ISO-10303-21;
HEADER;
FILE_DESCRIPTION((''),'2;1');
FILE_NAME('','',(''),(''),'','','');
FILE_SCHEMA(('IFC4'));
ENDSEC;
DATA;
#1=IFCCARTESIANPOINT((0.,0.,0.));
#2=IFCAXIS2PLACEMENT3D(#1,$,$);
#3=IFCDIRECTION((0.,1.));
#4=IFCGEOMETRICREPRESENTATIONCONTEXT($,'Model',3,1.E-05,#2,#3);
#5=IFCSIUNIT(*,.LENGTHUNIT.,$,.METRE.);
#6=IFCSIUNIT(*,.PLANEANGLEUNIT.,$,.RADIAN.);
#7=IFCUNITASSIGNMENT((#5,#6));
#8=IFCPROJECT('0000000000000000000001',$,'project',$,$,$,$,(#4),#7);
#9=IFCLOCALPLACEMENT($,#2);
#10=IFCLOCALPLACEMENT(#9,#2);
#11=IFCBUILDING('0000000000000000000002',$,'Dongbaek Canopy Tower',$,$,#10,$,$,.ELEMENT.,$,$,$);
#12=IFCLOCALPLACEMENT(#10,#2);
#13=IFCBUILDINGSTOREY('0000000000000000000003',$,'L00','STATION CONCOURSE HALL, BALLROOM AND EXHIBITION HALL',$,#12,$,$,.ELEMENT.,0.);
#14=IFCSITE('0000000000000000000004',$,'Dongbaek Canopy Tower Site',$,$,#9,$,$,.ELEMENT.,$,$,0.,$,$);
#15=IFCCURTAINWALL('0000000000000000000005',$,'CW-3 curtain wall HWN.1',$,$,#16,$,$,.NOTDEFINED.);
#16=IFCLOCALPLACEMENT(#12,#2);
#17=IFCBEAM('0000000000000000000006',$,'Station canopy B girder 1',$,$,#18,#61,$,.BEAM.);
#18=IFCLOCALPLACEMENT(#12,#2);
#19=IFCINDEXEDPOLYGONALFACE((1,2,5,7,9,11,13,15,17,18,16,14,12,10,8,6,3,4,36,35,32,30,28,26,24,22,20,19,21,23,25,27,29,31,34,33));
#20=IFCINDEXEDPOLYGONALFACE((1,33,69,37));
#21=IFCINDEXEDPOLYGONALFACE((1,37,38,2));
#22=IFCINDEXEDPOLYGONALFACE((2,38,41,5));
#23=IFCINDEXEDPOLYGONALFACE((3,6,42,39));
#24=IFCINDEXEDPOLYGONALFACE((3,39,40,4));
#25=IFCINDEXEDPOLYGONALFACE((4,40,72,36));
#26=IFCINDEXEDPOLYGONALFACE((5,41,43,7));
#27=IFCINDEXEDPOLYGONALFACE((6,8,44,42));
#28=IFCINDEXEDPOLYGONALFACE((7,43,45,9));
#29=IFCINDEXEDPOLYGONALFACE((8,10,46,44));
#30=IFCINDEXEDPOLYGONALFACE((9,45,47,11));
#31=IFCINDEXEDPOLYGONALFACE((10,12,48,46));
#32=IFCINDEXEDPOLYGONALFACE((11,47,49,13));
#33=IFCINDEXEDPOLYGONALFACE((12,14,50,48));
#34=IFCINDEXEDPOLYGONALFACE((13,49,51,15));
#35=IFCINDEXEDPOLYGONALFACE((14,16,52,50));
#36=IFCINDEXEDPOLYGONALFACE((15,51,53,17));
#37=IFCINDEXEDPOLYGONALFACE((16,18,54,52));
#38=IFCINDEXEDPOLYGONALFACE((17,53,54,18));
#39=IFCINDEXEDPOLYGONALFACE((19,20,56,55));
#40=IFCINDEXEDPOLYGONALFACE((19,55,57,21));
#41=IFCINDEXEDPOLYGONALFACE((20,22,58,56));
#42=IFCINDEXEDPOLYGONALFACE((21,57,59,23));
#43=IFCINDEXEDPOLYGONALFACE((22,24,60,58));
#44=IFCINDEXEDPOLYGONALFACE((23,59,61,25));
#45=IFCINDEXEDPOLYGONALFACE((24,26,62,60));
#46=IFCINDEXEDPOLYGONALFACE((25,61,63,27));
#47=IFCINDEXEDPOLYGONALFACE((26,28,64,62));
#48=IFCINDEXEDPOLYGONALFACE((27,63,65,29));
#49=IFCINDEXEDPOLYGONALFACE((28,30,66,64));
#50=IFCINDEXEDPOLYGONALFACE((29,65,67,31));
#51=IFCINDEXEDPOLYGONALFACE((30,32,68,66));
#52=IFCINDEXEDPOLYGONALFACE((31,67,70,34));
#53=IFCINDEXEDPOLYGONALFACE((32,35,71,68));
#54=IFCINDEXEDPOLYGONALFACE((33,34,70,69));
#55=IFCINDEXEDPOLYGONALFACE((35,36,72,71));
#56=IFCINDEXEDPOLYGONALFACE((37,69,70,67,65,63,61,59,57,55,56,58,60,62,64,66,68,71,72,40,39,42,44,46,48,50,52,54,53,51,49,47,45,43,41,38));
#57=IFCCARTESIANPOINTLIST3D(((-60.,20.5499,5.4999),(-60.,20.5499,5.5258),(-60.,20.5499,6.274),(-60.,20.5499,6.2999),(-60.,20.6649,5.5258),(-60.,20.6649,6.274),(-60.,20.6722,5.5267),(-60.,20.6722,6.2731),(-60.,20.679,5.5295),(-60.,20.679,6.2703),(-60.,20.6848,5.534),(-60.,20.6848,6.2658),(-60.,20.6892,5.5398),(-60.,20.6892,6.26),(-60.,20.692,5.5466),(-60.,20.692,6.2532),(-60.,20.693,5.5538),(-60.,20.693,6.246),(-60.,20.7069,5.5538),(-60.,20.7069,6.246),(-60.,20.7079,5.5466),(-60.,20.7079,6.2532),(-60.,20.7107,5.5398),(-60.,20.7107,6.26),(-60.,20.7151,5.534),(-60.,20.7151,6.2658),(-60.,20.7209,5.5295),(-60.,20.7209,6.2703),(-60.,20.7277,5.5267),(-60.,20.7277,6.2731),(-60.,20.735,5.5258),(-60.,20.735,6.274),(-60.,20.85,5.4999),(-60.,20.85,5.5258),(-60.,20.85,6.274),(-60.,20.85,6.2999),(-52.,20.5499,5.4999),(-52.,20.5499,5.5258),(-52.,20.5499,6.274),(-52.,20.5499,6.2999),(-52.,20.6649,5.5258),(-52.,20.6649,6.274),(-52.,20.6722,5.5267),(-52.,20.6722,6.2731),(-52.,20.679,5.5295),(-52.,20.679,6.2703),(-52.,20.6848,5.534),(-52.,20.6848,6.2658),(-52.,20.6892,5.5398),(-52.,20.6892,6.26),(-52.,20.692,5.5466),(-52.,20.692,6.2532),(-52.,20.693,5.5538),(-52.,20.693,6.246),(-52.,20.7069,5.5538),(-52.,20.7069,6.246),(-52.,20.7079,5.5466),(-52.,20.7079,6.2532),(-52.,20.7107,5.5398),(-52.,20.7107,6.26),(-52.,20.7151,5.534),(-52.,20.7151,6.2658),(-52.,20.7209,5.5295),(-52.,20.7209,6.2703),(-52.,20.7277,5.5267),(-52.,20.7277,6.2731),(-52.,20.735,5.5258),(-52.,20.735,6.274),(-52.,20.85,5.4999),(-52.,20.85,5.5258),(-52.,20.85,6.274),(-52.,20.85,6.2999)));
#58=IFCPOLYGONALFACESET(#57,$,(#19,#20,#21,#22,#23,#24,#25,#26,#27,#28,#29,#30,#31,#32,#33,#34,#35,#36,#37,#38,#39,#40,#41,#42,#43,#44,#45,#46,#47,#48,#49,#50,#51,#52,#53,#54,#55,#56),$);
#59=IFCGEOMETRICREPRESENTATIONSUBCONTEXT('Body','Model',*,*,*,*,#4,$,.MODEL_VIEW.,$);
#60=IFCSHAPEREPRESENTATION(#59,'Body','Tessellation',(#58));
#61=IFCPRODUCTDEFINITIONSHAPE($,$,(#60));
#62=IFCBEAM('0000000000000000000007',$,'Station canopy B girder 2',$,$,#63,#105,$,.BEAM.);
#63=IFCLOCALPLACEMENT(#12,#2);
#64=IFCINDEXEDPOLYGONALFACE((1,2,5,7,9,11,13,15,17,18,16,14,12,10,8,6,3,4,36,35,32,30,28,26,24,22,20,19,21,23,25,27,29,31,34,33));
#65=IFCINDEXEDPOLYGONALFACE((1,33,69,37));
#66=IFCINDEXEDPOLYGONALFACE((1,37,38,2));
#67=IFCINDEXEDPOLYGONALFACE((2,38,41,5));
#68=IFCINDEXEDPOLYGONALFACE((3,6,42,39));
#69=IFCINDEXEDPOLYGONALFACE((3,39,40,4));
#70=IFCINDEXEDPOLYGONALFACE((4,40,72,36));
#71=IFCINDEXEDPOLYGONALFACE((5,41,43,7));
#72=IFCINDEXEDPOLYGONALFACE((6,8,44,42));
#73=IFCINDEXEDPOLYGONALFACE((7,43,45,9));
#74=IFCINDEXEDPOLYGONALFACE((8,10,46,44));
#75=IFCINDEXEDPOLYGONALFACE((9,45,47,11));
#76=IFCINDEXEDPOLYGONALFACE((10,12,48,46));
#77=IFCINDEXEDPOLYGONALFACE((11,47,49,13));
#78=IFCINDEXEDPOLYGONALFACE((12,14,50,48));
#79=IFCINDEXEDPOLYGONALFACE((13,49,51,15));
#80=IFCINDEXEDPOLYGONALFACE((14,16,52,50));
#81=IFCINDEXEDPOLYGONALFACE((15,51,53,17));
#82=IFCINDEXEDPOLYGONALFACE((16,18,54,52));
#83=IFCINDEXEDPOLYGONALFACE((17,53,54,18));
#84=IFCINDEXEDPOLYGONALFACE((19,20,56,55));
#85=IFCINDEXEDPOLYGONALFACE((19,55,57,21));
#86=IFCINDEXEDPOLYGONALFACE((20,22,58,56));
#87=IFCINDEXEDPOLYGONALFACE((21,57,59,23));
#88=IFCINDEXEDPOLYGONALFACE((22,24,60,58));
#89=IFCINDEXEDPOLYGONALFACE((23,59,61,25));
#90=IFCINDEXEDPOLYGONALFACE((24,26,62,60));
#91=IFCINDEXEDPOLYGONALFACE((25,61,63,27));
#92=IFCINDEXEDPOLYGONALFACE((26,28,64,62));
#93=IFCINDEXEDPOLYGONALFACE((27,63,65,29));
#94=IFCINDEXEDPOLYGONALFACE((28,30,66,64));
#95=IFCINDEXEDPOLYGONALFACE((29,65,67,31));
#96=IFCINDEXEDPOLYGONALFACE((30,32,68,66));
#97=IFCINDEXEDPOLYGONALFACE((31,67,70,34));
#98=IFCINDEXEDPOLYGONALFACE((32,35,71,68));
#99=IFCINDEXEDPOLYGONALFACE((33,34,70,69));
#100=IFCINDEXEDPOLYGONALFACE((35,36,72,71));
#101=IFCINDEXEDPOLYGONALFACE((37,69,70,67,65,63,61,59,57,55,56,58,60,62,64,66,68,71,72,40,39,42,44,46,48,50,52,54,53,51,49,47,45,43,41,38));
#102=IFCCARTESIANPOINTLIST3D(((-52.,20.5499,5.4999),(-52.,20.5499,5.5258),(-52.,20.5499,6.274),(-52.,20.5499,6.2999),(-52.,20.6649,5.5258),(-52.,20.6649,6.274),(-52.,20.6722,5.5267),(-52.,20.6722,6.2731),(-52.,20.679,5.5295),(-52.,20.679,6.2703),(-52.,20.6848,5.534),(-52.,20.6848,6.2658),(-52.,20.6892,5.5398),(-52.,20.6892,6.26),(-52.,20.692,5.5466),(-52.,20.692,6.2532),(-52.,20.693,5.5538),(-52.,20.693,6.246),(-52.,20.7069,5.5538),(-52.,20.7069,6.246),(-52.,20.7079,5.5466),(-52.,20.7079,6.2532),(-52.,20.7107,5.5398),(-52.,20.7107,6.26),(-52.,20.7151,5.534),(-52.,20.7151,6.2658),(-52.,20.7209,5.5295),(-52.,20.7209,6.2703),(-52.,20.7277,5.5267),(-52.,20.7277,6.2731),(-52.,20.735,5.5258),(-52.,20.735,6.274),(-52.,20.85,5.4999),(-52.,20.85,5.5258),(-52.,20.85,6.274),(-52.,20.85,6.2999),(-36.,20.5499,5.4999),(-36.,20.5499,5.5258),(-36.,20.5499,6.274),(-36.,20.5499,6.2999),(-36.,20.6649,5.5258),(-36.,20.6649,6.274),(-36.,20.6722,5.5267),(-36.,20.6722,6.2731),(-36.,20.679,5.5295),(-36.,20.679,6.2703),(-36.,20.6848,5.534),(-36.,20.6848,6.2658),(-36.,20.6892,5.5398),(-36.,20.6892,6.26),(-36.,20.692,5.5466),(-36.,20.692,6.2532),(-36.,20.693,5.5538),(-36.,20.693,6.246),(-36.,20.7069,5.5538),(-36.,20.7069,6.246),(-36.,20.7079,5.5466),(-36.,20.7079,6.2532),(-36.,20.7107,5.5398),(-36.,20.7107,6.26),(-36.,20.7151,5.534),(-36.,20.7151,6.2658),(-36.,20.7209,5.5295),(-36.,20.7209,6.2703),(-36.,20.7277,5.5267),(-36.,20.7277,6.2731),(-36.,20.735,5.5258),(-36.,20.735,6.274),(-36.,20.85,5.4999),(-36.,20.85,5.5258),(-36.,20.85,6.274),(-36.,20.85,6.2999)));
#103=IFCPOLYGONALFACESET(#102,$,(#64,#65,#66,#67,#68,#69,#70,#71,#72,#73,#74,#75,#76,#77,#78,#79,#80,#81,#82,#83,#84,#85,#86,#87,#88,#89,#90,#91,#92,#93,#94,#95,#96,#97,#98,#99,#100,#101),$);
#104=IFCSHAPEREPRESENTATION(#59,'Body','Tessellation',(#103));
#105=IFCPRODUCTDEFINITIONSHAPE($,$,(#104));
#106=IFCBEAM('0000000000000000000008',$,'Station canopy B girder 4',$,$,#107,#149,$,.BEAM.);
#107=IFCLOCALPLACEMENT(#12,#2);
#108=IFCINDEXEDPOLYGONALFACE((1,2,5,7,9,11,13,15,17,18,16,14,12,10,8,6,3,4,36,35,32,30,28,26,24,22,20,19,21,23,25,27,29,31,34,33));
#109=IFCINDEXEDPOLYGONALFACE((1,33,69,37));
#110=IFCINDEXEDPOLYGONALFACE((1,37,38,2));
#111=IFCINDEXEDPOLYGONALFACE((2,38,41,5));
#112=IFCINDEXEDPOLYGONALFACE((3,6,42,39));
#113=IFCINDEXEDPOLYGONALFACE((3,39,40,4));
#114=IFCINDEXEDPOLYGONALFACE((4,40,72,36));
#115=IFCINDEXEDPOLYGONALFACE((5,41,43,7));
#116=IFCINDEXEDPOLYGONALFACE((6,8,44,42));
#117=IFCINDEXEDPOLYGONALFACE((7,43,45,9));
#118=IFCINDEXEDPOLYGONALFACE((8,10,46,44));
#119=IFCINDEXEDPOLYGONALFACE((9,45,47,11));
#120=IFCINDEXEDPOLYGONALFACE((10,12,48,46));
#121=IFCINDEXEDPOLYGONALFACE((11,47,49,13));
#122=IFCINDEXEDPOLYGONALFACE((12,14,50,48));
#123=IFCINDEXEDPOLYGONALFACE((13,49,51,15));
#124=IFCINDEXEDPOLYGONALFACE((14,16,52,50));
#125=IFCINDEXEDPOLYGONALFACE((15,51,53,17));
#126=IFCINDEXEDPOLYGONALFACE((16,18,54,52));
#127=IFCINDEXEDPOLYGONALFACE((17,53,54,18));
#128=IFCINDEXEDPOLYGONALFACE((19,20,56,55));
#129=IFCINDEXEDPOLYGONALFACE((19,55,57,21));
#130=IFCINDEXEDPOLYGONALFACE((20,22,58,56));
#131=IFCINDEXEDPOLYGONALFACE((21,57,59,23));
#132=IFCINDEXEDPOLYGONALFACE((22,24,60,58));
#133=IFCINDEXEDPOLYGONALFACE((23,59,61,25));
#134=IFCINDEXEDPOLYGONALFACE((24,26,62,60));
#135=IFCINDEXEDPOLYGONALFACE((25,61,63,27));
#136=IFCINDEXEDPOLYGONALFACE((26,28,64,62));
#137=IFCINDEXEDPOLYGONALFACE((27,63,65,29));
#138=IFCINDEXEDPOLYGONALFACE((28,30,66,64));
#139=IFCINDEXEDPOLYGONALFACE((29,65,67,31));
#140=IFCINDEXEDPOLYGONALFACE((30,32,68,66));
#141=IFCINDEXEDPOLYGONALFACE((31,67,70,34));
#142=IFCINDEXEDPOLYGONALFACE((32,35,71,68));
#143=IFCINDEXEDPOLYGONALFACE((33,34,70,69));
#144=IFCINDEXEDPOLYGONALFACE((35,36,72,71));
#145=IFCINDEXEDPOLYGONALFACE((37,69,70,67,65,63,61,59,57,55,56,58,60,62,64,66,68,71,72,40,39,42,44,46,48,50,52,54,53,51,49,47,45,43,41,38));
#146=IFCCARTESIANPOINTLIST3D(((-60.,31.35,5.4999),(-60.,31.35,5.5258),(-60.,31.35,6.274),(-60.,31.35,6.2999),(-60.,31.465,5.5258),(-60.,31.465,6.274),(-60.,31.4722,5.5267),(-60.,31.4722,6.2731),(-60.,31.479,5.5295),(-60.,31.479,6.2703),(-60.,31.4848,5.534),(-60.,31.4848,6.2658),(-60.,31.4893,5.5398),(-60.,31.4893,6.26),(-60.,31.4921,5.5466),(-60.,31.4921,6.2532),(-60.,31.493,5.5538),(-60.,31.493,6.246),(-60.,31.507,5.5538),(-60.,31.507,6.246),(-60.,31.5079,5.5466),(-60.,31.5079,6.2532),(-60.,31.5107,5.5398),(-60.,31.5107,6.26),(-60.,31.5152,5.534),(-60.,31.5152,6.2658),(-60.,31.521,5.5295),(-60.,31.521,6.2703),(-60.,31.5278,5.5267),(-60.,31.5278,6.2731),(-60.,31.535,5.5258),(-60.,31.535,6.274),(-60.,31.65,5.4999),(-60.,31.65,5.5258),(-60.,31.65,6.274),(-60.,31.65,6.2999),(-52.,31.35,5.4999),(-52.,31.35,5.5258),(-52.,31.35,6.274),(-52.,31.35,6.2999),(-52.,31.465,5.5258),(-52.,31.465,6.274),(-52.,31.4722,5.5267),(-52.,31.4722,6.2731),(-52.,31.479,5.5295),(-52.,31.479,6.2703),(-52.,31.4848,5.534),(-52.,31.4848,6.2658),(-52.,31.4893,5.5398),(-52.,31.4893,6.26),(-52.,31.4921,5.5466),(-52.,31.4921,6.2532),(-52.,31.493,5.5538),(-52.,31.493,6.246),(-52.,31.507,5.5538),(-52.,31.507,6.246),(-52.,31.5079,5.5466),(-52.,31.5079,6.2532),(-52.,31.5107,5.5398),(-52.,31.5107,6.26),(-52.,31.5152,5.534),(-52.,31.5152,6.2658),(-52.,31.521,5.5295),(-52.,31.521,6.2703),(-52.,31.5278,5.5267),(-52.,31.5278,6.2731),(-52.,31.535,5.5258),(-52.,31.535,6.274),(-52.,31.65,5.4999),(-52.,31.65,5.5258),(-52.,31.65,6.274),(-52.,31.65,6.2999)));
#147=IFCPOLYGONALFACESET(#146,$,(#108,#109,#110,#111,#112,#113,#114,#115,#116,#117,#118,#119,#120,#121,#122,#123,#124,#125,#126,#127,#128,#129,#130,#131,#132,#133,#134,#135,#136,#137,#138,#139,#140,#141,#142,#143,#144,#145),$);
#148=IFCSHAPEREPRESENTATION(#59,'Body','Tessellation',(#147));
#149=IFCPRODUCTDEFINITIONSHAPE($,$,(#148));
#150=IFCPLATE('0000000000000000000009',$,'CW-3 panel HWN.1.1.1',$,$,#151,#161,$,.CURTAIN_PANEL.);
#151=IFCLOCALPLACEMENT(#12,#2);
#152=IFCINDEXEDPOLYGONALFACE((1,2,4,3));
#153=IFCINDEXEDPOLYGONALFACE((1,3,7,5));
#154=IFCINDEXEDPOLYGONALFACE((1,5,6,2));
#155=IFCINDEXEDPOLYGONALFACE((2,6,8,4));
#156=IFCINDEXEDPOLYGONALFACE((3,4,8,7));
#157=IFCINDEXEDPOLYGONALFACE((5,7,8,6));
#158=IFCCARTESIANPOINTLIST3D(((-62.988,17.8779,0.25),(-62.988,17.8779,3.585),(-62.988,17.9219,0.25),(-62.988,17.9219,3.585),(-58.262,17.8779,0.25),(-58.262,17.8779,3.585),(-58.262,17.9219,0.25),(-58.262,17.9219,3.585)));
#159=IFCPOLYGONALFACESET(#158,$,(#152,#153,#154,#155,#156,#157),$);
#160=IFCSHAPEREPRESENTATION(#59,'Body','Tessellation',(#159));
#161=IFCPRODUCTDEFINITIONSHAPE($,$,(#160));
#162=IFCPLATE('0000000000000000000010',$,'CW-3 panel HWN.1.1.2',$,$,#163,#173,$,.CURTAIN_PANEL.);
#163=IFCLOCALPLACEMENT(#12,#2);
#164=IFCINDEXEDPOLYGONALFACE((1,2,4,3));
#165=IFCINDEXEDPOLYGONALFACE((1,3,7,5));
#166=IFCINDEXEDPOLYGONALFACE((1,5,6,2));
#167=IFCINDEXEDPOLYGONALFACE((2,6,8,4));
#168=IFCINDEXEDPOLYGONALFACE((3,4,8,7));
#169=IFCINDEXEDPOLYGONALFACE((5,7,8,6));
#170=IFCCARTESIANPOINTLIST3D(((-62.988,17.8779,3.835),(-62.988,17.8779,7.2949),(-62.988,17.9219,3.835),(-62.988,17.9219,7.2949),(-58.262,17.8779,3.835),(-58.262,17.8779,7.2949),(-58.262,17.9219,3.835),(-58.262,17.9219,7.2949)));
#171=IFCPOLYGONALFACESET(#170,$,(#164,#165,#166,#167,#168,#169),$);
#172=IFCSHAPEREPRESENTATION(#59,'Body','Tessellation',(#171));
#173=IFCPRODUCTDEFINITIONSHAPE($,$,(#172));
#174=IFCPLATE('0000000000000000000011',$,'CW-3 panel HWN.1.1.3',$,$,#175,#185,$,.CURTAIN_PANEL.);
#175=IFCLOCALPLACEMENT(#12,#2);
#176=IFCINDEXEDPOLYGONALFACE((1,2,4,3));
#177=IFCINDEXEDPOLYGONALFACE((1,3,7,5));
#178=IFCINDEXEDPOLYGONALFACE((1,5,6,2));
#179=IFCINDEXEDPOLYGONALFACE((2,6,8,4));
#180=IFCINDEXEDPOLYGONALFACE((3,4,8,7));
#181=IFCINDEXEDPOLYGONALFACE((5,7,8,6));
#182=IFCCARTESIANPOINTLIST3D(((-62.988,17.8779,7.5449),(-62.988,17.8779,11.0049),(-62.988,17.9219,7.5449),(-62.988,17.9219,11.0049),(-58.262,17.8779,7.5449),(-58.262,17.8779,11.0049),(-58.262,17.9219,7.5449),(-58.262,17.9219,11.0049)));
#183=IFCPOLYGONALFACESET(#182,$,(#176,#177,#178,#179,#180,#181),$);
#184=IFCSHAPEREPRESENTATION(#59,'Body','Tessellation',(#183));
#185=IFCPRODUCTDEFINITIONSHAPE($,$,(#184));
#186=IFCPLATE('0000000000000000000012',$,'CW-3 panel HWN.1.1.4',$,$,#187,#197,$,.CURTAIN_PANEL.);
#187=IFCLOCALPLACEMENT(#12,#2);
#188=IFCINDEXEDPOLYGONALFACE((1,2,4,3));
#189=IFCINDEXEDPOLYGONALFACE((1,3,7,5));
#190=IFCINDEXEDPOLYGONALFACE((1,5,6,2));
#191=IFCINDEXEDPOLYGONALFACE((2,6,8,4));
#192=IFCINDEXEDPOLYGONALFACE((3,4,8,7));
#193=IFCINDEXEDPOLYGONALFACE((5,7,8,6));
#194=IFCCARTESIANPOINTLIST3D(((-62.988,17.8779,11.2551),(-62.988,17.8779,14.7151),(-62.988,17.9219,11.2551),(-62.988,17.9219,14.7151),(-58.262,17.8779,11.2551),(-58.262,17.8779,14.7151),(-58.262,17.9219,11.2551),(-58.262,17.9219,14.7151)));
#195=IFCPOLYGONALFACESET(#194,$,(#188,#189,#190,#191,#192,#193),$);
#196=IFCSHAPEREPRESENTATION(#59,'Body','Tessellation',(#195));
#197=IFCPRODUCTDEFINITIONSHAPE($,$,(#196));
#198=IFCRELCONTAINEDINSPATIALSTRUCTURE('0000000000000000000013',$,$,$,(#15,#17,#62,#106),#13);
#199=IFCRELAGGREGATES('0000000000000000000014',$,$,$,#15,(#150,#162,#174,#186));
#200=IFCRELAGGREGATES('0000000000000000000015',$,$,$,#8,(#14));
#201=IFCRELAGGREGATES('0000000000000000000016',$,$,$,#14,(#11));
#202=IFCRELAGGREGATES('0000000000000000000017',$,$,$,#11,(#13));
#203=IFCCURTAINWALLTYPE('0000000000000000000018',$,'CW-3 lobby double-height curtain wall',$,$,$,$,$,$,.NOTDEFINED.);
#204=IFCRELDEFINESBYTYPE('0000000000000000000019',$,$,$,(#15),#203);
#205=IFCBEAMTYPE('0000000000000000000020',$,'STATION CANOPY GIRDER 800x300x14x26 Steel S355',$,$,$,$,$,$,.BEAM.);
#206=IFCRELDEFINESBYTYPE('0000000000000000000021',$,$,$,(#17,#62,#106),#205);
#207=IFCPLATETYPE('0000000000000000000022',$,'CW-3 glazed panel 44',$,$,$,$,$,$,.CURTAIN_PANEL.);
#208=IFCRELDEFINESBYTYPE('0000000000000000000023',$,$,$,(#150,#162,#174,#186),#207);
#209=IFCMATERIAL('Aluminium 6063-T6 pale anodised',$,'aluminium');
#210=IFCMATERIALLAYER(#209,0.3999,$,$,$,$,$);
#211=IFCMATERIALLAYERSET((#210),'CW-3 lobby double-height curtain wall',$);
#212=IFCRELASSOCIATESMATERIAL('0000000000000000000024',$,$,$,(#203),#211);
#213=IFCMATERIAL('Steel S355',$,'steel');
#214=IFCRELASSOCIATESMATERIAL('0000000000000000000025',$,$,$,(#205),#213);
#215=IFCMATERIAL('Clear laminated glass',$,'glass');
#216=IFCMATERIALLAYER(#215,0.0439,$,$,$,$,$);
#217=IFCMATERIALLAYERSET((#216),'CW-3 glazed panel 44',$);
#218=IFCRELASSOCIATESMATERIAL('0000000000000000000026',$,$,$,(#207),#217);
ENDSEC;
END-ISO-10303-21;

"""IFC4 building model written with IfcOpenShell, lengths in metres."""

from ifc_helpers import new_model, si_unit, direction, frame, origin, origin_2d, place, context, subcontext, project, spatial, rectangle, i_section, extrude, material, layer, layer_set, material_profile, profile_set, type_object, element, aggregate, save


model = new_model("IFC4")

# Units and contexts
model_context = context("Model", 3, precision=1e-05, world=origin(), true_north=direction((0.0, 1.0)))
body_context = subcontext(model_context, "Body", "Model", "MODEL_VIEW")
ifc_project = project(units=[si_unit("LENGTHUNIT", "METRE"), si_unit("PLANEANGLEUNIT", "RADIAN")], contexts=[model_context])

# Site, building, storey
site_placement = place(None, origin())
site = spatial("IfcSite", under=ifc_project, at=site_placement, Name="Dongbaek Canopy Tower Site", CompositionType="ELEMENT", RefElevation=0.0)
building_placement = place(site_placement, origin())
building = spatial("IfcBuilding", under=site, at=building_placement, Name="Dongbaek Canopy Tower", CompositionType="ELEMENT")
storey_placement = place(building_placement, origin())
storey = spatial("IfcBuildingStorey", under=building, at=storey_placement, Name="L00", Description="STATION CONCOURSE HALL, BALLROOM AND EXHIBITION HALL", CompositionType="ELEMENT", Elevation=0.0)

# Curtain wall
ifc_material_1 = material(Name="Aluminium 6063-T6 pale anodised", Category="aluminium")
ifc_layer_1 = layer(ifc_material_1, 0.3999)
ifc_layer_set_1 = layer_set([ifc_layer_1], Name="CW-3 lobby double-height curtain wall")
curtain_wall_type = type_object("IfcCurtainWallType", Name="CW-3 lobby double-height curtain wall", PredefinedType="NOTDEFINED", material=ifc_layer_set_1)
curtain_wall_placement = place(storey_placement, origin())
curtain_wall = element("IfcCurtainWall", 1, at=curtain_wall_placement, inside=storey, type_object=curtain_wall_type, Name="CW-3 curtain wall HWN.1", PredefinedType="NOTDEFINED")

# Beams
ifc_material_2 = material(Name="Steel S355", Category="steel")
ifc_material_profile_1 = material_profile(ifc_material_2, i_section(OverallWidth=0.3, OverallDepth=0.8, WebThickness=0.0139, FlangeThickness=0.0259, FilletRadius=0.0281, at=origin_2d()), Name="STATION CANOPY GIRDER 800x300x14x26 Steel S355")
ifc_profile_set_1 = profile_set([ifc_material_profile_1], Name="Steel S355")
beam_type_1 = type_object("IfcBeamType", Name="STATION CANOPY GIRDER 800x300x14x26 Steel S355", PredefinedType="BEAM", material=ifc_profile_set_1)
beam_1_placement = place(storey_placement, frame((-60.0, 20.7, 5.8999), z_axis=(1.0, 0.0, 0.0), x_axis=(0.0, 1.0, 0.0)))
element("IfcBeam", 2, at=beam_1_placement, inside=storey, type_object=beam_type_1, Name="Station canopy B girder 1", PredefinedType="BEAM", context=body_context, shape_type="SweptSolid", body=[
    extrude(i_section(OverallWidth=0.3, OverallDepth=0.8, WebThickness=0.0139, FlangeThickness=0.0259, FilletRadius=0.0281, at=origin_2d()), origin(), (0.0, 0.0, 1.0), 8.0),
])
beam_2_placement = place(storey_placement, frame((-52.0, 20.7, 5.8999), z_axis=(1.0, 0.0, 0.0), x_axis=(0.0, 1.0, 0.0)))
element("IfcBeam", 3, at=beam_2_placement, inside=storey, type_object=beam_type_1, Name="Station canopy B girder 2", PredefinedType="BEAM", context=body_context, shape_type="SweptSolid", body=[
    extrude(i_section(OverallWidth=0.3, OverallDepth=0.8, WebThickness=0.0139, FlangeThickness=0.0259, FilletRadius=0.0281, at=origin_2d()), origin(), (0.0, 0.0, 1.0), 16.0),
])
beam_3_placement = place(storey_placement, frame((-60.0, 31.5, 5.8999), z_axis=(1.0, 0.0, 0.0), x_axis=(0.0, 1.0, 0.0)))
element("IfcBeam", 4, at=beam_3_placement, inside=storey, type_object=beam_type_1, Name="Station canopy B girder 4", PredefinedType="BEAM", context=body_context, shape_type="SweptSolid", body=[
    extrude(i_section(OverallWidth=0.3, OverallDepth=0.8, WebThickness=0.0139, FlangeThickness=0.0259, FilletRadius=0.0281, at=origin_2d()), origin(), (0.0, 0.0, 1.0), 8.0),
])

# Plates
ifc_material_3 = material(Name="Clear laminated glass", Category="glass")
ifc_layer_2 = layer(ifc_material_3, 0.0439)
ifc_layer_set_2 = layer_set([ifc_layer_2], Name="CW-3 glazed panel 44")
plate_type = type_object("IfcPlateType", Name="CW-3 glazed panel 44", PredefinedType="CURTAIN_PANEL", material=ifc_layer_set_2)
plate_1_placement = place(storey_placement, frame((-60.625, 17.8999, 0.25), z_axis=(0.0, 0.0, 1.0), x_axis=(-1.0, 0.0, 0.0)))
plate_1 = element("IfcPlate", 5, at=plate_1_placement, type_object=plate_type, Name="CW-3 panel HWN.1.1.1", PredefinedType="CURTAIN_PANEL", context=body_context, shape_type="SweptSolid", body=[
    extrude(rectangle(XDim=4.7261, YDim=0.0439, at=origin_2d()), origin(), (0.0, 0.0, 1.0), 3.335),
])
plate_2_placement = place(storey_placement, frame((-60.625, 17.8999, 3.835), z_axis=(0.0, 0.0, 1.0), x_axis=(-1.0, 0.0, 0.0)))
plate_2 = element("IfcPlate", 6, at=plate_2_placement, type_object=plate_type, Name="CW-3 panel HWN.1.1.2", PredefinedType="CURTAIN_PANEL", context=body_context, shape_type="SweptSolid", body=[
    extrude(rectangle(XDim=4.7261, YDim=0.0439, at=origin_2d()), origin(), (0.0, 0.0, 1.0), 3.46),
])
plate_3_placement = place(storey_placement, frame((-60.625, 17.8999, 7.5449), z_axis=(0.0, 0.0, 1.0), x_axis=(-1.0, 0.0, 0.0)))
plate_3 = element("IfcPlate", 7, at=plate_3_placement, type_object=plate_type, Name="CW-3 panel HWN.1.1.3", PredefinedType="CURTAIN_PANEL", context=body_context, shape_type="SweptSolid", body=[
    extrude(rectangle(XDim=4.7261, YDim=0.0439, at=origin_2d()), origin(), (0.0, 0.0, 1.0), 3.46),
])
plate_4_placement = place(storey_placement, frame((-60.625, 17.8999, 11.2551), z_axis=(0.0, 0.0, 1.0), x_axis=(-1.0, 0.0, 0.0)))
plate_4 = element("IfcPlate", 8, at=plate_4_placement, type_object=plate_type, Name="CW-3 panel HWN.1.1.4", PredefinedType="CURTAIN_PANEL", context=body_context, shape_type="SweptSolid", body=[
    extrude(rectangle(XDim=4.7261, YDim=0.0439, at=origin_2d()), origin(), (0.0, 0.0, 1.0), 3.46),
])
aggregate(curtain_wall, [plate_1, plate_2, plate_3, plate_4])

save(model, "model.ifc")
